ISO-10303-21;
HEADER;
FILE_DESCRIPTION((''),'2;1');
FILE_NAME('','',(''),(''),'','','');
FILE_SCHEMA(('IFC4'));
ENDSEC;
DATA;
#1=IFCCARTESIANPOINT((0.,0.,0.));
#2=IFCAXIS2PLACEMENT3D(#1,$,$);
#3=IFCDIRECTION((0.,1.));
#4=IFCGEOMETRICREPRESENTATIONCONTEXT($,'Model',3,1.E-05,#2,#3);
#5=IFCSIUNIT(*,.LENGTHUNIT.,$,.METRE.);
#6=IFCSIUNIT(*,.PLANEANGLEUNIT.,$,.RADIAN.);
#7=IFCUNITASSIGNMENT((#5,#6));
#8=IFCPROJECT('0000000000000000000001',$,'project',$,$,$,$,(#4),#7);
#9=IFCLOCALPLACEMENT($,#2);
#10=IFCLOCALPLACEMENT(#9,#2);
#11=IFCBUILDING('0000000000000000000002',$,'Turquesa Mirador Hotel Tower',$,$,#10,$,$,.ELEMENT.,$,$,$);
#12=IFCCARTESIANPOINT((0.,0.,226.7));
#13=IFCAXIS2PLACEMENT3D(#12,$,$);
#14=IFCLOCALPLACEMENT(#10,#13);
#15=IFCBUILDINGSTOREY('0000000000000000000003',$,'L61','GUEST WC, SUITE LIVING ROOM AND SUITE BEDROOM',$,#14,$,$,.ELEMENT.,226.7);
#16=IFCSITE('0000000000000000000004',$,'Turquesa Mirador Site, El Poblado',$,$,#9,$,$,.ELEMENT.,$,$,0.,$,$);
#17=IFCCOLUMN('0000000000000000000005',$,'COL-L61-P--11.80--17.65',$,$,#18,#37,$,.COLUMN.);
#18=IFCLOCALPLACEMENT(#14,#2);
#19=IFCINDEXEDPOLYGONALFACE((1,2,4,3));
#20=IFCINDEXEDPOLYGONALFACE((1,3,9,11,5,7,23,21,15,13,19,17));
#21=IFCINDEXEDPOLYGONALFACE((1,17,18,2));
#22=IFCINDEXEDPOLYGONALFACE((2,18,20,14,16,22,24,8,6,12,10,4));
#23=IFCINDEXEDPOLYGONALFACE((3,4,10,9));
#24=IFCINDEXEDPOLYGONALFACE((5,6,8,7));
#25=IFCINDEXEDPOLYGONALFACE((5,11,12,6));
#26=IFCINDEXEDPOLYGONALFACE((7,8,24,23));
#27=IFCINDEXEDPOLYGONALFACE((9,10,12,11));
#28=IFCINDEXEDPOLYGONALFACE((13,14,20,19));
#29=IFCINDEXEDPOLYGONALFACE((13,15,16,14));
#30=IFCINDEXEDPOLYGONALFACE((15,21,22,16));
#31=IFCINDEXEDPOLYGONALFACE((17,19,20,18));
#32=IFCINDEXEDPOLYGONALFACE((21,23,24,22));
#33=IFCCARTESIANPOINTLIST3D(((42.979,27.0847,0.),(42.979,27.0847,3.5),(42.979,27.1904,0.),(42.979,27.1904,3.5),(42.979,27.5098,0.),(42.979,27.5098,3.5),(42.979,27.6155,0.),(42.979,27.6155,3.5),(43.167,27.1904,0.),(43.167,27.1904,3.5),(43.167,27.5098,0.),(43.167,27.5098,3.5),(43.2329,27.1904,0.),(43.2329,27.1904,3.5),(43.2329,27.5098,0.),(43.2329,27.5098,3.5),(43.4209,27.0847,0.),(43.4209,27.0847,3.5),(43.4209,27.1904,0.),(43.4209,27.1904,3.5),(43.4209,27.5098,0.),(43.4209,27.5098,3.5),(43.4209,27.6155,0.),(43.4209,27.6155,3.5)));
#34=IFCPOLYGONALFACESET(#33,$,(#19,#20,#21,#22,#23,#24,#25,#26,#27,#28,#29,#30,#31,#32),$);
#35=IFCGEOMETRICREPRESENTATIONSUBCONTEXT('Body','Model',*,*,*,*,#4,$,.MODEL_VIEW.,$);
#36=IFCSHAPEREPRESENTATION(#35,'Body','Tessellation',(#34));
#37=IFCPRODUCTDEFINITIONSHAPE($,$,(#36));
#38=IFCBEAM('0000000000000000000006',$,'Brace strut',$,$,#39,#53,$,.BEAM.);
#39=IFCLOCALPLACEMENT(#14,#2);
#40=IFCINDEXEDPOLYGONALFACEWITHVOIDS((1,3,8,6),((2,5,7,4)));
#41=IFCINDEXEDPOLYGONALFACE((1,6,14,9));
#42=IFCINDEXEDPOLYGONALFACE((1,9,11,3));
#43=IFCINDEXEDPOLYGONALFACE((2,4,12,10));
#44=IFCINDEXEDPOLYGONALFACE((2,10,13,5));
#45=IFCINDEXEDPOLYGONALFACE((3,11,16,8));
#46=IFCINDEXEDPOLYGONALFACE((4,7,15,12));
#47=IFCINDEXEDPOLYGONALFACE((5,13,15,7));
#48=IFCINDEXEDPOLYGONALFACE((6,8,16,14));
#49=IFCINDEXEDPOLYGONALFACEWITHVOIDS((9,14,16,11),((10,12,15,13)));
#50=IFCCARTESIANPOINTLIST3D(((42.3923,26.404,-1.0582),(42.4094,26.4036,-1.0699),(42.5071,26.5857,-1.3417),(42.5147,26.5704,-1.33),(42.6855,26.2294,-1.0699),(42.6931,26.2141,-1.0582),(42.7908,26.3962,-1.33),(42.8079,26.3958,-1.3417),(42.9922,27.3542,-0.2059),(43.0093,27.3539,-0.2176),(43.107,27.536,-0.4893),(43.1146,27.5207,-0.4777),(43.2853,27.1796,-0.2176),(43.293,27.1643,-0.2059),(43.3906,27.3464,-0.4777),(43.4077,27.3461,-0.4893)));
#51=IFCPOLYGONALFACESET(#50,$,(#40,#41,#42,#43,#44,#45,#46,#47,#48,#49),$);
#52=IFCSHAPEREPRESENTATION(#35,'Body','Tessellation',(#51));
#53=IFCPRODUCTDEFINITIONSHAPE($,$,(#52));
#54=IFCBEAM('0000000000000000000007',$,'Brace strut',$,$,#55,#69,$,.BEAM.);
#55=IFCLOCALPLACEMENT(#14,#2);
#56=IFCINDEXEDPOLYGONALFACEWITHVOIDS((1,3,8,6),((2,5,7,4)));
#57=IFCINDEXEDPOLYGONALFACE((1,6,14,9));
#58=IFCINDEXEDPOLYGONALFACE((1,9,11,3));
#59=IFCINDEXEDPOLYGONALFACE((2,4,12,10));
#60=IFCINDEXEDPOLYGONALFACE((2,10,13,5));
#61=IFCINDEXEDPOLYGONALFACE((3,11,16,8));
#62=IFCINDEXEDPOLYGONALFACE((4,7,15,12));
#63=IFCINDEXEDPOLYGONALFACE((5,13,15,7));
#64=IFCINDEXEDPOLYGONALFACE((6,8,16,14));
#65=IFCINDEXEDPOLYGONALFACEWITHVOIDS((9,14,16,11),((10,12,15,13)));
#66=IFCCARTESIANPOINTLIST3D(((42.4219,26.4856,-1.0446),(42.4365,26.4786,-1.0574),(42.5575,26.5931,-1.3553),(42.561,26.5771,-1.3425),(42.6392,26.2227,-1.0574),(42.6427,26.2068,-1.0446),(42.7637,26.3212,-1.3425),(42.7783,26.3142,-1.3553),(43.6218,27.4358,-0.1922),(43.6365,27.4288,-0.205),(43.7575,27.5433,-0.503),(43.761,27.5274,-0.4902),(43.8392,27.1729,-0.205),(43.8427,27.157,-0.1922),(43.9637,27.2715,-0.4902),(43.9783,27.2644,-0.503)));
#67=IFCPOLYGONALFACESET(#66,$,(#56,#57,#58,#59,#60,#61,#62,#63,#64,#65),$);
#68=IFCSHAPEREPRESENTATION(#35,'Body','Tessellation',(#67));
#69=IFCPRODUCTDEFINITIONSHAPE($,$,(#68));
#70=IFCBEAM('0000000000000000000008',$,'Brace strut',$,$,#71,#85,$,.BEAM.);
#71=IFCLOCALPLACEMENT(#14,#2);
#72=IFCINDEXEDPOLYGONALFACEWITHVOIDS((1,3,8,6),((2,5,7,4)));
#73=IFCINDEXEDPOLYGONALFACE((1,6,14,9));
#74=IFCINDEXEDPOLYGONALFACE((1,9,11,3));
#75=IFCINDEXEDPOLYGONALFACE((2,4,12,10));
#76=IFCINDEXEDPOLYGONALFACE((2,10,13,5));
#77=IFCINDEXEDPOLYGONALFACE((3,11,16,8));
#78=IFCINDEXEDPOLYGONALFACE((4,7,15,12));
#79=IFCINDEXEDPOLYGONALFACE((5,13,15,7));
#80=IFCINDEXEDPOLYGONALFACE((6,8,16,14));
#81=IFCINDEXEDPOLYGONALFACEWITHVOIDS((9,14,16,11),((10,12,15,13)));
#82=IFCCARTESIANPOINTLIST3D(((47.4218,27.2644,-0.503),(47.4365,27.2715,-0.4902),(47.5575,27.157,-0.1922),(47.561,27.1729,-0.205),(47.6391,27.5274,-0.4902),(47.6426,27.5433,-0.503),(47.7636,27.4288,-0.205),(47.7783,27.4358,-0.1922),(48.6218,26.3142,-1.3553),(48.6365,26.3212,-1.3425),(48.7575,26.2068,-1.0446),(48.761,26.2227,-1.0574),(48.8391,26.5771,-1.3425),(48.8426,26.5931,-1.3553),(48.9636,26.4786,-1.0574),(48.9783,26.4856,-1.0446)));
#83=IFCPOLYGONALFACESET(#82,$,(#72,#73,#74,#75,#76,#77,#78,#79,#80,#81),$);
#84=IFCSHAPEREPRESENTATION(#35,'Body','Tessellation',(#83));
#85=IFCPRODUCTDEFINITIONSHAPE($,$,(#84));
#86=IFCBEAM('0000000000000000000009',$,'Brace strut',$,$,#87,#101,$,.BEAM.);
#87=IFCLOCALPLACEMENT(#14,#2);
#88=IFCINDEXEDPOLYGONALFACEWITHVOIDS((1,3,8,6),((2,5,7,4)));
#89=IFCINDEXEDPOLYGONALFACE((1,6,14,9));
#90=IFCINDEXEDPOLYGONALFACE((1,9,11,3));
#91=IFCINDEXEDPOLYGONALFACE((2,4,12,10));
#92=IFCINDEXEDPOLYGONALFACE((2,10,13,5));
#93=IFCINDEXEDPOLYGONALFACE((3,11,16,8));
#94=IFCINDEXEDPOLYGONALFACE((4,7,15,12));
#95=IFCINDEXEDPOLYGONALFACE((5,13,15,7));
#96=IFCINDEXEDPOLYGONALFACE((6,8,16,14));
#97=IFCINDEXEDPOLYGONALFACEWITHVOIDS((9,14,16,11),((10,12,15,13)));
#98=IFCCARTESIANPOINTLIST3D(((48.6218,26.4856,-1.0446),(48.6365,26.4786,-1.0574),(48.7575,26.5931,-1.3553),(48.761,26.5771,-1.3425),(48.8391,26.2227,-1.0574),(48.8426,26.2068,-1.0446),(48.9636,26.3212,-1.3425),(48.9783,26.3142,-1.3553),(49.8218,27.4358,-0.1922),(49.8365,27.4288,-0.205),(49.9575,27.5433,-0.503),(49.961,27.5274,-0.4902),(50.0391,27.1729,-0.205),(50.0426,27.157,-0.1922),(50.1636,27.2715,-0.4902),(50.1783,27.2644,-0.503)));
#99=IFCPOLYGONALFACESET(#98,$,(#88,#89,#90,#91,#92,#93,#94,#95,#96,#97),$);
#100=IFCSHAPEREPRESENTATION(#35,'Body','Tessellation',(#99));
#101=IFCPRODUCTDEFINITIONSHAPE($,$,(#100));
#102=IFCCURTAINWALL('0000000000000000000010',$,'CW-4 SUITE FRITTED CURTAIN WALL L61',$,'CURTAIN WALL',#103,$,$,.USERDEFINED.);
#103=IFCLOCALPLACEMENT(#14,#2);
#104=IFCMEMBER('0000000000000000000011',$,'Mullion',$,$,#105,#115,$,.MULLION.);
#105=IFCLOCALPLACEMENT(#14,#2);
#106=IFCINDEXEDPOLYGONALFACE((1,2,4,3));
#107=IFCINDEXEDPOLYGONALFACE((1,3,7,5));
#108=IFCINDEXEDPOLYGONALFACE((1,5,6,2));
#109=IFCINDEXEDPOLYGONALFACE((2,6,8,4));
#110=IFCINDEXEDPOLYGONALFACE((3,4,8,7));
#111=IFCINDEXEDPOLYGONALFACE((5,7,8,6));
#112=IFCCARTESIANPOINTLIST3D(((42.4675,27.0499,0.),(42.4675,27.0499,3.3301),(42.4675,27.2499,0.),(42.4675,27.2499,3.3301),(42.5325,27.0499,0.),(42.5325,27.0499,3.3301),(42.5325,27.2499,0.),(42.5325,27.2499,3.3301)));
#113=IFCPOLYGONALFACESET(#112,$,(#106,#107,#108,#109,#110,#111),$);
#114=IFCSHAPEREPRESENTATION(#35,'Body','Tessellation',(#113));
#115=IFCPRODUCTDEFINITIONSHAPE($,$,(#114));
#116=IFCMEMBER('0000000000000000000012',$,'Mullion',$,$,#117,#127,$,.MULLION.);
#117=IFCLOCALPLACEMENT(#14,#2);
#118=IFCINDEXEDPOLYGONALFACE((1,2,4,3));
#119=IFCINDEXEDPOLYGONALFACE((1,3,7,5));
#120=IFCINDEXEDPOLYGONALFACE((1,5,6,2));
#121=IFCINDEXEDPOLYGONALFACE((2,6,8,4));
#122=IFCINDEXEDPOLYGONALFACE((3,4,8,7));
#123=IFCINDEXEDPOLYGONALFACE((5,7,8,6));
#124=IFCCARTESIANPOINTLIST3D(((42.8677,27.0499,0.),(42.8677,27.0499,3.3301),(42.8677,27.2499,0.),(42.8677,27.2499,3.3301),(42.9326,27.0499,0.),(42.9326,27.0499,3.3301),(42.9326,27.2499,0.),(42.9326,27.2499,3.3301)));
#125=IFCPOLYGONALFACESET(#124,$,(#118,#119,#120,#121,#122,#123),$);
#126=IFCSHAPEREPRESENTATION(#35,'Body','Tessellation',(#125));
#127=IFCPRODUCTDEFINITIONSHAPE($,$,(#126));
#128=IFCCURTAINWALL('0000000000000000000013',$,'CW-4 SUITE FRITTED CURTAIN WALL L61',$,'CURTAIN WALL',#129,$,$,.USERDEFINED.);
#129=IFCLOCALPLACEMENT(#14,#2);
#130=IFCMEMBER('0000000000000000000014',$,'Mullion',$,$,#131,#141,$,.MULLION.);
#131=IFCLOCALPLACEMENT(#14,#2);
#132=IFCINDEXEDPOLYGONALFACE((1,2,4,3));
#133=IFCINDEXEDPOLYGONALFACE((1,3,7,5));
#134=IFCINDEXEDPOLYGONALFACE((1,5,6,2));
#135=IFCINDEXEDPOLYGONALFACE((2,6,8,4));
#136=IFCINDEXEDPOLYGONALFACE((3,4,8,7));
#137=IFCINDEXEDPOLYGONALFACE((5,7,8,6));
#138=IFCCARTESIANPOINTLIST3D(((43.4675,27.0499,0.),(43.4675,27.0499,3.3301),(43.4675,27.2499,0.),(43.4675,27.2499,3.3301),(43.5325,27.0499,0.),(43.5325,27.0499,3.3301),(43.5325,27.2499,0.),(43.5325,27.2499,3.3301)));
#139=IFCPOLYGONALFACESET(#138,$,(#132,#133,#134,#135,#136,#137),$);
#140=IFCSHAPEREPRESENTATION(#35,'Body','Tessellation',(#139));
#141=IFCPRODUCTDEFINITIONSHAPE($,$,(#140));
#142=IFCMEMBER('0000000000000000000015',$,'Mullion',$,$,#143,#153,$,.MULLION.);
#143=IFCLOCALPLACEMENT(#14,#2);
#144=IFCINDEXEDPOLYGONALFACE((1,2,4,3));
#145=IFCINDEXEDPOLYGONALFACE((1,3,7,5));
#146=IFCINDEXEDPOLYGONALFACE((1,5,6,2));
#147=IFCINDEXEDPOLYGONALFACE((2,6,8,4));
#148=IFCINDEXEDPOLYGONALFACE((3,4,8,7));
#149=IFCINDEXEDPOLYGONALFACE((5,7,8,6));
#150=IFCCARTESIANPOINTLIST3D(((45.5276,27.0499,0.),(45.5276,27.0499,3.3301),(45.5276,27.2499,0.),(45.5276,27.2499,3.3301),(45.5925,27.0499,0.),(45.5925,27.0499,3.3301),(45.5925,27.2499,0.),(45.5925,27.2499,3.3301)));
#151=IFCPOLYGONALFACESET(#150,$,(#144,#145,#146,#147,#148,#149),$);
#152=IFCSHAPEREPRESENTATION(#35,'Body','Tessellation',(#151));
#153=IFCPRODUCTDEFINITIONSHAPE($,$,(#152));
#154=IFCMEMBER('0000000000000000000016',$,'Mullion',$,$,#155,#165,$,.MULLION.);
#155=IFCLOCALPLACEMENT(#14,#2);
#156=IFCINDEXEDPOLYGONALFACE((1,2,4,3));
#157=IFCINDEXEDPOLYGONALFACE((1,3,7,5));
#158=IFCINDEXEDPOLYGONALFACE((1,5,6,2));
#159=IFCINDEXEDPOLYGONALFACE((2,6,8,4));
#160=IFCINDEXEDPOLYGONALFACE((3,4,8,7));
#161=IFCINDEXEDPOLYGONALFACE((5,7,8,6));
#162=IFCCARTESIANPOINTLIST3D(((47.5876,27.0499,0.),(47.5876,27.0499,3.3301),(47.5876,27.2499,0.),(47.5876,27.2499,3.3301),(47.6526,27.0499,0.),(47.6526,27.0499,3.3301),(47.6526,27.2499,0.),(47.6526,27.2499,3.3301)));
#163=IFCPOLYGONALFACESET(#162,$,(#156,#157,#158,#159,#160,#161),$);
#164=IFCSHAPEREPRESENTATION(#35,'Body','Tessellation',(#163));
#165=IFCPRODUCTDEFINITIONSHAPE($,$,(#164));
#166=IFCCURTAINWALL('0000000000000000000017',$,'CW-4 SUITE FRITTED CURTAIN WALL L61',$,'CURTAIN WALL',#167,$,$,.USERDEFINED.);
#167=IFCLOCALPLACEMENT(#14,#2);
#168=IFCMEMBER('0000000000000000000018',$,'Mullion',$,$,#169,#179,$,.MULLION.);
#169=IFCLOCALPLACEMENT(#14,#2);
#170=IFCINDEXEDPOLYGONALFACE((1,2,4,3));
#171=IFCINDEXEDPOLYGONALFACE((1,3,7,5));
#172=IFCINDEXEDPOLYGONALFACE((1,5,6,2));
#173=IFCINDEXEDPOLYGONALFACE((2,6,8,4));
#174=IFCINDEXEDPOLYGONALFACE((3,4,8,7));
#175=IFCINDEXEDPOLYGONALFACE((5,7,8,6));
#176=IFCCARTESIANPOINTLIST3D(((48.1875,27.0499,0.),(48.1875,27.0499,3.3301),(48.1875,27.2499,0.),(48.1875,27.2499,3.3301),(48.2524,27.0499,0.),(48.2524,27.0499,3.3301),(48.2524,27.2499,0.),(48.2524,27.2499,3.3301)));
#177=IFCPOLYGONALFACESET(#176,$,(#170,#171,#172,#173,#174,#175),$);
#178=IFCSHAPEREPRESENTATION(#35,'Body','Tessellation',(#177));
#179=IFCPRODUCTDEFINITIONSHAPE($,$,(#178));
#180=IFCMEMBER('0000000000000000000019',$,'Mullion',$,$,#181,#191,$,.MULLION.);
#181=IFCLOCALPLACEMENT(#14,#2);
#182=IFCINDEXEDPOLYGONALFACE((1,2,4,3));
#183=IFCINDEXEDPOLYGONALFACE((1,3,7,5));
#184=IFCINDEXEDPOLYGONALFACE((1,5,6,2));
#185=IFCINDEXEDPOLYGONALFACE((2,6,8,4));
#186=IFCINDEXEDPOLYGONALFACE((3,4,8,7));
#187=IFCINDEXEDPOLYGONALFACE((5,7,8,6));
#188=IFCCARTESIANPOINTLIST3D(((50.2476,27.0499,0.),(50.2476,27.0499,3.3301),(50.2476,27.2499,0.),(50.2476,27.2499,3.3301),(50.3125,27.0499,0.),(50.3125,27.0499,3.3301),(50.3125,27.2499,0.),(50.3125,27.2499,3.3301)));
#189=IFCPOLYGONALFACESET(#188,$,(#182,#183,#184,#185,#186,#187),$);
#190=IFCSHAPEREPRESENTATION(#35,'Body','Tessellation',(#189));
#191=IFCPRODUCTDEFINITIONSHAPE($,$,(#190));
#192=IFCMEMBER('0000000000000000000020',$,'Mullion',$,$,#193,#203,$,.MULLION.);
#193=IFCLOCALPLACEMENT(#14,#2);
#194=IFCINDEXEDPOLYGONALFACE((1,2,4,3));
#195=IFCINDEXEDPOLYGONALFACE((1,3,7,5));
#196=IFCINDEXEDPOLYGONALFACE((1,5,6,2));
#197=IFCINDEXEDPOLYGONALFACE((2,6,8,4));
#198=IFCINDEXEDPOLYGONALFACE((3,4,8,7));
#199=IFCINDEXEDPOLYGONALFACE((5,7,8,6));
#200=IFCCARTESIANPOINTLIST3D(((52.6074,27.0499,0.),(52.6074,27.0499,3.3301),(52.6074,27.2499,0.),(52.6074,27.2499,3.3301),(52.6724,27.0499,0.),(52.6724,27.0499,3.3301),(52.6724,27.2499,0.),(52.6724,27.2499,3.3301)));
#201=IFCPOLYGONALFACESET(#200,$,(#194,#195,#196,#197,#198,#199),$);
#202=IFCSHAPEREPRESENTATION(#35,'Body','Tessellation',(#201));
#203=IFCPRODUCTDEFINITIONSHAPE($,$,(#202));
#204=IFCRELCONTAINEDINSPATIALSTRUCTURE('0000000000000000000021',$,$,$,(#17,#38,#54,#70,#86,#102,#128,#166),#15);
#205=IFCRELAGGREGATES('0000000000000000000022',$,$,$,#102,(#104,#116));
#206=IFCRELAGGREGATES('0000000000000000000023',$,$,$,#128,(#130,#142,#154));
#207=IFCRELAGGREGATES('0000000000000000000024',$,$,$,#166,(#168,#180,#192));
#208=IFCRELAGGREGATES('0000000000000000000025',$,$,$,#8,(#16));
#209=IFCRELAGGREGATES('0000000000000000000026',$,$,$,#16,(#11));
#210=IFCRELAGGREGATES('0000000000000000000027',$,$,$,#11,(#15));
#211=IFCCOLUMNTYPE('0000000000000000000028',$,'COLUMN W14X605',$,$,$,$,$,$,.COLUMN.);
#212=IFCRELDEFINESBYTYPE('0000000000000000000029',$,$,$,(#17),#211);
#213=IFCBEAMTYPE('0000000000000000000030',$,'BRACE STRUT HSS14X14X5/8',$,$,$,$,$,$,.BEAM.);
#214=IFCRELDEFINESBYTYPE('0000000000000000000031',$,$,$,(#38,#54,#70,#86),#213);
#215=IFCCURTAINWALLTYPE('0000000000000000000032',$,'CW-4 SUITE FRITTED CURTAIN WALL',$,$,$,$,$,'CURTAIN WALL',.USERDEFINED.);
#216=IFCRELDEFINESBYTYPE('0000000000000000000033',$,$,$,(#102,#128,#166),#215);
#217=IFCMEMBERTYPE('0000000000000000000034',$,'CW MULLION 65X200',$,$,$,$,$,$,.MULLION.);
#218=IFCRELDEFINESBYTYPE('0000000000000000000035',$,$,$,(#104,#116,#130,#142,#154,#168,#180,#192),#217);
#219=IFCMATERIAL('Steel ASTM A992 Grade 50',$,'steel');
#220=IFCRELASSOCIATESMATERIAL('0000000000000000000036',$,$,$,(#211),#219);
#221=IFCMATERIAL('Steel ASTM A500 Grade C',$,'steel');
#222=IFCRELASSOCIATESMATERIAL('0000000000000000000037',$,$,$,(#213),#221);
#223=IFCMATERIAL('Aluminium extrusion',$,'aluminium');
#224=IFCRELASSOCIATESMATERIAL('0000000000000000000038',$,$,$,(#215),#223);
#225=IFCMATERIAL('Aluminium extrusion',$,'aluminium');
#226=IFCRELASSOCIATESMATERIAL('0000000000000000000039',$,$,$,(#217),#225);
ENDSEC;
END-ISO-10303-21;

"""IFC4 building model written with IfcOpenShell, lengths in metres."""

from ifc_helpers import new_model, si_unit, direction, frame, origin, origin_2d, place, context, subcontext, project, spatial, rectangle, hollow_rectangle, i_section, extrude, material, material_profile, profile_set, type_object, element, aggregate, save


model = new_model("IFC4")

# Units and contexts
model_context = context("Model", 3, precision=1e-05, world=origin(), true_north=direction((0.0, 1.0)))
body_context = subcontext(model_context, "Body", "Model", "MODEL_VIEW")
ifc_project = project(units=[si_unit("LENGTHUNIT", "METRE"), si_unit("PLANEANGLEUNIT", "RADIAN")], contexts=[model_context])

# Site, building, storey
site_placement = place(None, origin())
site = spatial("IfcSite", under=ifc_project, at=site_placement, Name="Turquesa Mirador Site, El Poblado", CompositionType="ELEMENT", RefElevation=0.0)
building_placement = place(site_placement, origin())
building = spatial("IfcBuilding", under=site, at=building_placement, Name="Turquesa Mirador Hotel Tower", CompositionType="ELEMENT")
storey_placement = place(building_placement, frame((0.0, 0.0, 226.7)))
storey = spatial("IfcBuildingStorey", under=building, at=storey_placement, Name="L61", Description="GUEST WC, SUITE LIVING ROOM AND SUITE BEDROOM", CompositionType="ELEMENT", Elevation=226.7)

# Column
ifc_material_1 = material(Name="Steel ASTM A992 Grade 50", Category="steel")
ifc_material_profile_1 = material_profile(ifc_material_1, i_section(OverallWidth=0.4419, OverallDepth=0.5308, WebThickness=0.0659, FlangeThickness=0.1057, at=origin_2d()), Name="W14X605")
ifc_profile_set_1 = profile_set([ifc_material_profile_1], Name="Steel ASTM A992 Grade 50")
column_type = type_object("IfcColumnType", Name="COLUMN W14X605", PredefinedType="COLUMN", material=ifc_profile_set_1)
column_placement = place(storey_placement, frame((43.2, 27.3501, 0.0), z_axis=(0.0, 0.0, 1.0), x_axis=(1.0, 0.0, 0.0)))
element("IfcColumn", 1, at=column_placement, inside=storey, type_object=column_type, Name="COL-L61-P--11.80--17.65", PredefinedType="COLUMN", context=body_context, shape_type="SweptSolid", body=[
    extrude(i_section(OverallWidth=0.4419, OverallDepth=0.5308, WebThickness=0.0659, FlangeThickness=0.1057, at=origin_2d()), origin(), (0.0, 0.0, 1.0), 3.5),
])

# Beams
ifc_material_2 = material(Name="Steel ASTM A500 Grade C", Category="steel")
ifc_material_profile_2 = material_profile(ifc_material_2, hollow_rectangle(XDim=0.3557, YDim=0.3557, WallThickness=0.0146, at=origin_2d()), Name="HSS14X14X5/8")
ifc_profile_set_2 = profile_set([ifc_material_profile_2], Name="Steel ASTM A500 Grade C")
beam_type = type_object("IfcBeamType", Name="BRACE STRUT HSS14X14X5/8", PredefinedType="BEAM", material=ifc_profile_set_2)
beam_placement = place(storey_placement, frame((42.6001, 26.3999, -1.2), z_axis=(0.425321, 0.673728, 0.604312), x_axis=(-0.845597, 0.533821, 0.0)))
element("IfcBeam", 2, at=beam_placement, inside=storey, type_object=beam_type, Name="Brace strut", PredefinedType="BEAM", context=body_context, shape_type="SweptSolid", body=[
    extrude(hollow_rectangle(XDim=0.3557, YDim=0.3557, WallThickness=0.0146, at=origin_2d()), origin(), (0.0, 0.0, 1.0), 1.4104),
])
for number, where, z_axis, x_axis, name in (
    (3, (42.6001, 26.3999, -1.2), (0.684942, 0.542379, 0.486497), (-0.620797, 0.783971, 0.0), "Brace strut"),
    (4, (48.8, 26.3999, -1.2), (-0.684942, 0.542379, 0.486497), (-0.620797, -0.783971, 0.0), "Brace strut"),
    (5, (48.8, 26.3999, -1.2), (0.684942, 0.542379, 0.486497), (-0.620797, 0.783971, 0.0), "Brace strut"),
):
    element("IfcBeam", number, at=place(storey_placement, frame(where, z_axis=z_axis, x_axis=x_axis)), inside=storey, type_object=beam_type, Name=name, PredefinedType="BEAM", context=body_context, shape_type="SweptSolid", body=[
        extrude(hollow_rectangle(XDim=0.3557, YDim=0.3557, WallThickness=0.0146, at=origin_2d()), origin(), (0.0, 0.0, 1.0), 1.752),
    ])

# Curtain walls, members
ifc_material_3 = material(Name="Aluminium extrusion", Category="aluminium")
curtain_wall_type = type_object("IfcCurtainWallType", Name="CW-4 SUITE FRITTED CURTAIN WALL", ElementType="CURTAIN WALL", PredefinedType="USERDEFINED", material=ifc_material_3)
curtain_wall_1_placement = place(storey_placement, origin())
curtain_wall_1 = element("IfcCurtainWall", 6, at=curtain_wall_1_placement, inside=storey, type_object=curtain_wall_type, Name="CW-4 SUITE FRITTED CURTAIN WALL L61", ObjectType="CURTAIN WALL", PredefinedType="USERDEFINED")
ifc_material_4 = material(Name="Aluminium extrusion", Category="aluminium")
ifc_material_profile_3 = material_profile(ifc_material_4, rectangle(XDim=0.0649, YDim=0.2, at=origin_2d()), Name="MULLION 65X200")
ifc_profile_set_3 = profile_set([ifc_material_profile_3], Name="Aluminium extrusion")
member_type_1 = type_object("IfcMemberType", Name="CW MULLION 65X200", PredefinedType="MULLION", material=ifc_profile_set_3)
member_1_placement = place(storey_placement, frame((42.5, 27.1499, 0.0), z_axis=(0.0, 0.0, 1.0), x_axis=(1.0, 0.0, 0.0)))
member_1 = element("IfcMember", 7, at=member_1_placement, type_object=member_type_1, Name="Mullion", PredefinedType="MULLION", context=body_context, shape_type="SweptSolid", body=[
    extrude(rectangle(XDim=0.0649, YDim=0.2, at=origin_2d()), origin(), (0.0, 0.0, 1.0), 3.3301),
])
member_2_placement = place(storey_placement, frame((42.9001, 27.1499, 0.0), z_axis=(0.0, 0.0, 1.0), x_axis=(1.0, 0.0, 0.0)))
member_2 = element("IfcMember", 8, at=member_2_placement, type_object=member_type_1, Name="Mullion", PredefinedType="MULLION", context=body_context, shape_type="SweptSolid", body=[
    extrude(rectangle(XDim=0.0649, YDim=0.2, at=origin_2d()), origin(), (0.0, 0.0, 1.0), 3.3301),
])
curtain_wall_2_placement = place(storey_placement, origin())
curtain_wall_2 = element("IfcCurtainWall", 9, at=curtain_wall_2_placement, inside=storey, type_object=curtain_wall_type, Name="CW-4 SUITE FRITTED CURTAIN WALL L61", ObjectType="CURTAIN WALL", PredefinedType="USERDEFINED")
member_3_placement = place(storey_placement, frame((43.5, 27.1499, 0.0), z_axis=(0.0, 0.0, 1.0), x_axis=(1.0, 0.0, 0.0)))
member_3 = element("IfcMember", 10, at=member_3_placement, type_object=member_type_1, Name="Mullion", PredefinedType="MULLION", context=body_context, shape_type="SweptSolid", body=[
    extrude(rectangle(XDim=0.0649, YDim=0.2, at=origin_2d()), origin(), (0.0, 0.0, 1.0), 3.3301),
])
member_4_placement = place(storey_placement, frame((45.5601, 27.1499, 0.0), z_axis=(0.0, 0.0, 1.0), x_axis=(1.0, 0.0, 0.0)))
member_4 = element("IfcMember", 11, at=member_4_placement, type_object=member_type_1, Name="Mullion", PredefinedType="MULLION", context=body_context, shape_type="SweptSolid", body=[
    extrude(rectangle(XDim=0.0649, YDim=0.2, at=origin_2d()), origin(), (0.0, 0.0, 1.0), 3.3301),
])
member_5_placement = place(storey_placement, frame((47.6201, 27.1499, 0.0), z_axis=(0.0, 0.0, 1.0), x_axis=(1.0, 0.0, 0.0)))
member_5 = element("IfcMember", 12, at=member_5_placement, type_object=member_type_1, Name="Mullion", PredefinedType="MULLION", context=body_context, shape_type="SweptSolid", body=[
    extrude(rectangle(XDim=0.0649, YDim=0.2, at=origin_2d()), origin(), (0.0, 0.0, 1.0), 3.3301),
])
curtain_wall_3_placement = place(storey_placement, origin())
curtain_wall_3 = element("IfcCurtainWall", 13, at=curtain_wall_3_placement, inside=storey, type_object=curtain_wall_type, Name="CW-4 SUITE FRITTED CURTAIN WALL L61", ObjectType="CURTAIN WALL", PredefinedType="USERDEFINED")
member_6_placement = place(storey_placement, frame((48.22, 27.1499, 0.0), z_axis=(0.0, 0.0, 1.0), x_axis=(1.0, 0.0, 0.0)))
member_6 = element("IfcMember", 14, at=member_6_placement, type_object=member_type_1, Name="Mullion", PredefinedType="MULLION", context=body_context, shape_type="SweptSolid", body=[
    extrude(rectangle(XDim=0.0649, YDim=0.2, at=origin_2d()), origin(), (0.0, 0.0, 1.0), 3.3301),
])
member_7_placement = place(storey_placement, frame((50.28, 27.1499, 0.0), z_axis=(0.0, 0.0, 1.0), x_axis=(1.0, 0.0, 0.0)))
member_7 = element("IfcMember", 15, at=member_7_placement, type_object=member_type_1, Name="Mullion", PredefinedType="MULLION", context=body_context, shape_type="SweptSolid", body=[
    extrude(rectangle(XDim=0.0649, YDim=0.2, at=origin_2d()), origin(), (0.0, 0.0, 1.0), 3.3301),
])
member_8_placement = place(storey_placement, frame((52.6399, 27.1499, 0.0), z_axis=(0.0, 0.0, 1.0), x_axis=(1.0, 0.0, 0.0)))
member_8 = element("IfcMember", 16, at=member_8_placement, type_object=member_type_1, Name="Mullion", PredefinedType="MULLION", context=body_context, shape_type="SweptSolid", body=[
    extrude(rectangle(XDim=0.0649, YDim=0.2, at=origin_2d()), origin(), (0.0, 0.0, 1.0), 3.3301),
])

aggregate(curtain_wall_1, [member_1, member_2])
aggregate(curtain_wall_2, [member_3, member_4, member_5])
aggregate(curtain_wall_3, [member_6, member_7, member_8])

save(model, "model.ifc")
